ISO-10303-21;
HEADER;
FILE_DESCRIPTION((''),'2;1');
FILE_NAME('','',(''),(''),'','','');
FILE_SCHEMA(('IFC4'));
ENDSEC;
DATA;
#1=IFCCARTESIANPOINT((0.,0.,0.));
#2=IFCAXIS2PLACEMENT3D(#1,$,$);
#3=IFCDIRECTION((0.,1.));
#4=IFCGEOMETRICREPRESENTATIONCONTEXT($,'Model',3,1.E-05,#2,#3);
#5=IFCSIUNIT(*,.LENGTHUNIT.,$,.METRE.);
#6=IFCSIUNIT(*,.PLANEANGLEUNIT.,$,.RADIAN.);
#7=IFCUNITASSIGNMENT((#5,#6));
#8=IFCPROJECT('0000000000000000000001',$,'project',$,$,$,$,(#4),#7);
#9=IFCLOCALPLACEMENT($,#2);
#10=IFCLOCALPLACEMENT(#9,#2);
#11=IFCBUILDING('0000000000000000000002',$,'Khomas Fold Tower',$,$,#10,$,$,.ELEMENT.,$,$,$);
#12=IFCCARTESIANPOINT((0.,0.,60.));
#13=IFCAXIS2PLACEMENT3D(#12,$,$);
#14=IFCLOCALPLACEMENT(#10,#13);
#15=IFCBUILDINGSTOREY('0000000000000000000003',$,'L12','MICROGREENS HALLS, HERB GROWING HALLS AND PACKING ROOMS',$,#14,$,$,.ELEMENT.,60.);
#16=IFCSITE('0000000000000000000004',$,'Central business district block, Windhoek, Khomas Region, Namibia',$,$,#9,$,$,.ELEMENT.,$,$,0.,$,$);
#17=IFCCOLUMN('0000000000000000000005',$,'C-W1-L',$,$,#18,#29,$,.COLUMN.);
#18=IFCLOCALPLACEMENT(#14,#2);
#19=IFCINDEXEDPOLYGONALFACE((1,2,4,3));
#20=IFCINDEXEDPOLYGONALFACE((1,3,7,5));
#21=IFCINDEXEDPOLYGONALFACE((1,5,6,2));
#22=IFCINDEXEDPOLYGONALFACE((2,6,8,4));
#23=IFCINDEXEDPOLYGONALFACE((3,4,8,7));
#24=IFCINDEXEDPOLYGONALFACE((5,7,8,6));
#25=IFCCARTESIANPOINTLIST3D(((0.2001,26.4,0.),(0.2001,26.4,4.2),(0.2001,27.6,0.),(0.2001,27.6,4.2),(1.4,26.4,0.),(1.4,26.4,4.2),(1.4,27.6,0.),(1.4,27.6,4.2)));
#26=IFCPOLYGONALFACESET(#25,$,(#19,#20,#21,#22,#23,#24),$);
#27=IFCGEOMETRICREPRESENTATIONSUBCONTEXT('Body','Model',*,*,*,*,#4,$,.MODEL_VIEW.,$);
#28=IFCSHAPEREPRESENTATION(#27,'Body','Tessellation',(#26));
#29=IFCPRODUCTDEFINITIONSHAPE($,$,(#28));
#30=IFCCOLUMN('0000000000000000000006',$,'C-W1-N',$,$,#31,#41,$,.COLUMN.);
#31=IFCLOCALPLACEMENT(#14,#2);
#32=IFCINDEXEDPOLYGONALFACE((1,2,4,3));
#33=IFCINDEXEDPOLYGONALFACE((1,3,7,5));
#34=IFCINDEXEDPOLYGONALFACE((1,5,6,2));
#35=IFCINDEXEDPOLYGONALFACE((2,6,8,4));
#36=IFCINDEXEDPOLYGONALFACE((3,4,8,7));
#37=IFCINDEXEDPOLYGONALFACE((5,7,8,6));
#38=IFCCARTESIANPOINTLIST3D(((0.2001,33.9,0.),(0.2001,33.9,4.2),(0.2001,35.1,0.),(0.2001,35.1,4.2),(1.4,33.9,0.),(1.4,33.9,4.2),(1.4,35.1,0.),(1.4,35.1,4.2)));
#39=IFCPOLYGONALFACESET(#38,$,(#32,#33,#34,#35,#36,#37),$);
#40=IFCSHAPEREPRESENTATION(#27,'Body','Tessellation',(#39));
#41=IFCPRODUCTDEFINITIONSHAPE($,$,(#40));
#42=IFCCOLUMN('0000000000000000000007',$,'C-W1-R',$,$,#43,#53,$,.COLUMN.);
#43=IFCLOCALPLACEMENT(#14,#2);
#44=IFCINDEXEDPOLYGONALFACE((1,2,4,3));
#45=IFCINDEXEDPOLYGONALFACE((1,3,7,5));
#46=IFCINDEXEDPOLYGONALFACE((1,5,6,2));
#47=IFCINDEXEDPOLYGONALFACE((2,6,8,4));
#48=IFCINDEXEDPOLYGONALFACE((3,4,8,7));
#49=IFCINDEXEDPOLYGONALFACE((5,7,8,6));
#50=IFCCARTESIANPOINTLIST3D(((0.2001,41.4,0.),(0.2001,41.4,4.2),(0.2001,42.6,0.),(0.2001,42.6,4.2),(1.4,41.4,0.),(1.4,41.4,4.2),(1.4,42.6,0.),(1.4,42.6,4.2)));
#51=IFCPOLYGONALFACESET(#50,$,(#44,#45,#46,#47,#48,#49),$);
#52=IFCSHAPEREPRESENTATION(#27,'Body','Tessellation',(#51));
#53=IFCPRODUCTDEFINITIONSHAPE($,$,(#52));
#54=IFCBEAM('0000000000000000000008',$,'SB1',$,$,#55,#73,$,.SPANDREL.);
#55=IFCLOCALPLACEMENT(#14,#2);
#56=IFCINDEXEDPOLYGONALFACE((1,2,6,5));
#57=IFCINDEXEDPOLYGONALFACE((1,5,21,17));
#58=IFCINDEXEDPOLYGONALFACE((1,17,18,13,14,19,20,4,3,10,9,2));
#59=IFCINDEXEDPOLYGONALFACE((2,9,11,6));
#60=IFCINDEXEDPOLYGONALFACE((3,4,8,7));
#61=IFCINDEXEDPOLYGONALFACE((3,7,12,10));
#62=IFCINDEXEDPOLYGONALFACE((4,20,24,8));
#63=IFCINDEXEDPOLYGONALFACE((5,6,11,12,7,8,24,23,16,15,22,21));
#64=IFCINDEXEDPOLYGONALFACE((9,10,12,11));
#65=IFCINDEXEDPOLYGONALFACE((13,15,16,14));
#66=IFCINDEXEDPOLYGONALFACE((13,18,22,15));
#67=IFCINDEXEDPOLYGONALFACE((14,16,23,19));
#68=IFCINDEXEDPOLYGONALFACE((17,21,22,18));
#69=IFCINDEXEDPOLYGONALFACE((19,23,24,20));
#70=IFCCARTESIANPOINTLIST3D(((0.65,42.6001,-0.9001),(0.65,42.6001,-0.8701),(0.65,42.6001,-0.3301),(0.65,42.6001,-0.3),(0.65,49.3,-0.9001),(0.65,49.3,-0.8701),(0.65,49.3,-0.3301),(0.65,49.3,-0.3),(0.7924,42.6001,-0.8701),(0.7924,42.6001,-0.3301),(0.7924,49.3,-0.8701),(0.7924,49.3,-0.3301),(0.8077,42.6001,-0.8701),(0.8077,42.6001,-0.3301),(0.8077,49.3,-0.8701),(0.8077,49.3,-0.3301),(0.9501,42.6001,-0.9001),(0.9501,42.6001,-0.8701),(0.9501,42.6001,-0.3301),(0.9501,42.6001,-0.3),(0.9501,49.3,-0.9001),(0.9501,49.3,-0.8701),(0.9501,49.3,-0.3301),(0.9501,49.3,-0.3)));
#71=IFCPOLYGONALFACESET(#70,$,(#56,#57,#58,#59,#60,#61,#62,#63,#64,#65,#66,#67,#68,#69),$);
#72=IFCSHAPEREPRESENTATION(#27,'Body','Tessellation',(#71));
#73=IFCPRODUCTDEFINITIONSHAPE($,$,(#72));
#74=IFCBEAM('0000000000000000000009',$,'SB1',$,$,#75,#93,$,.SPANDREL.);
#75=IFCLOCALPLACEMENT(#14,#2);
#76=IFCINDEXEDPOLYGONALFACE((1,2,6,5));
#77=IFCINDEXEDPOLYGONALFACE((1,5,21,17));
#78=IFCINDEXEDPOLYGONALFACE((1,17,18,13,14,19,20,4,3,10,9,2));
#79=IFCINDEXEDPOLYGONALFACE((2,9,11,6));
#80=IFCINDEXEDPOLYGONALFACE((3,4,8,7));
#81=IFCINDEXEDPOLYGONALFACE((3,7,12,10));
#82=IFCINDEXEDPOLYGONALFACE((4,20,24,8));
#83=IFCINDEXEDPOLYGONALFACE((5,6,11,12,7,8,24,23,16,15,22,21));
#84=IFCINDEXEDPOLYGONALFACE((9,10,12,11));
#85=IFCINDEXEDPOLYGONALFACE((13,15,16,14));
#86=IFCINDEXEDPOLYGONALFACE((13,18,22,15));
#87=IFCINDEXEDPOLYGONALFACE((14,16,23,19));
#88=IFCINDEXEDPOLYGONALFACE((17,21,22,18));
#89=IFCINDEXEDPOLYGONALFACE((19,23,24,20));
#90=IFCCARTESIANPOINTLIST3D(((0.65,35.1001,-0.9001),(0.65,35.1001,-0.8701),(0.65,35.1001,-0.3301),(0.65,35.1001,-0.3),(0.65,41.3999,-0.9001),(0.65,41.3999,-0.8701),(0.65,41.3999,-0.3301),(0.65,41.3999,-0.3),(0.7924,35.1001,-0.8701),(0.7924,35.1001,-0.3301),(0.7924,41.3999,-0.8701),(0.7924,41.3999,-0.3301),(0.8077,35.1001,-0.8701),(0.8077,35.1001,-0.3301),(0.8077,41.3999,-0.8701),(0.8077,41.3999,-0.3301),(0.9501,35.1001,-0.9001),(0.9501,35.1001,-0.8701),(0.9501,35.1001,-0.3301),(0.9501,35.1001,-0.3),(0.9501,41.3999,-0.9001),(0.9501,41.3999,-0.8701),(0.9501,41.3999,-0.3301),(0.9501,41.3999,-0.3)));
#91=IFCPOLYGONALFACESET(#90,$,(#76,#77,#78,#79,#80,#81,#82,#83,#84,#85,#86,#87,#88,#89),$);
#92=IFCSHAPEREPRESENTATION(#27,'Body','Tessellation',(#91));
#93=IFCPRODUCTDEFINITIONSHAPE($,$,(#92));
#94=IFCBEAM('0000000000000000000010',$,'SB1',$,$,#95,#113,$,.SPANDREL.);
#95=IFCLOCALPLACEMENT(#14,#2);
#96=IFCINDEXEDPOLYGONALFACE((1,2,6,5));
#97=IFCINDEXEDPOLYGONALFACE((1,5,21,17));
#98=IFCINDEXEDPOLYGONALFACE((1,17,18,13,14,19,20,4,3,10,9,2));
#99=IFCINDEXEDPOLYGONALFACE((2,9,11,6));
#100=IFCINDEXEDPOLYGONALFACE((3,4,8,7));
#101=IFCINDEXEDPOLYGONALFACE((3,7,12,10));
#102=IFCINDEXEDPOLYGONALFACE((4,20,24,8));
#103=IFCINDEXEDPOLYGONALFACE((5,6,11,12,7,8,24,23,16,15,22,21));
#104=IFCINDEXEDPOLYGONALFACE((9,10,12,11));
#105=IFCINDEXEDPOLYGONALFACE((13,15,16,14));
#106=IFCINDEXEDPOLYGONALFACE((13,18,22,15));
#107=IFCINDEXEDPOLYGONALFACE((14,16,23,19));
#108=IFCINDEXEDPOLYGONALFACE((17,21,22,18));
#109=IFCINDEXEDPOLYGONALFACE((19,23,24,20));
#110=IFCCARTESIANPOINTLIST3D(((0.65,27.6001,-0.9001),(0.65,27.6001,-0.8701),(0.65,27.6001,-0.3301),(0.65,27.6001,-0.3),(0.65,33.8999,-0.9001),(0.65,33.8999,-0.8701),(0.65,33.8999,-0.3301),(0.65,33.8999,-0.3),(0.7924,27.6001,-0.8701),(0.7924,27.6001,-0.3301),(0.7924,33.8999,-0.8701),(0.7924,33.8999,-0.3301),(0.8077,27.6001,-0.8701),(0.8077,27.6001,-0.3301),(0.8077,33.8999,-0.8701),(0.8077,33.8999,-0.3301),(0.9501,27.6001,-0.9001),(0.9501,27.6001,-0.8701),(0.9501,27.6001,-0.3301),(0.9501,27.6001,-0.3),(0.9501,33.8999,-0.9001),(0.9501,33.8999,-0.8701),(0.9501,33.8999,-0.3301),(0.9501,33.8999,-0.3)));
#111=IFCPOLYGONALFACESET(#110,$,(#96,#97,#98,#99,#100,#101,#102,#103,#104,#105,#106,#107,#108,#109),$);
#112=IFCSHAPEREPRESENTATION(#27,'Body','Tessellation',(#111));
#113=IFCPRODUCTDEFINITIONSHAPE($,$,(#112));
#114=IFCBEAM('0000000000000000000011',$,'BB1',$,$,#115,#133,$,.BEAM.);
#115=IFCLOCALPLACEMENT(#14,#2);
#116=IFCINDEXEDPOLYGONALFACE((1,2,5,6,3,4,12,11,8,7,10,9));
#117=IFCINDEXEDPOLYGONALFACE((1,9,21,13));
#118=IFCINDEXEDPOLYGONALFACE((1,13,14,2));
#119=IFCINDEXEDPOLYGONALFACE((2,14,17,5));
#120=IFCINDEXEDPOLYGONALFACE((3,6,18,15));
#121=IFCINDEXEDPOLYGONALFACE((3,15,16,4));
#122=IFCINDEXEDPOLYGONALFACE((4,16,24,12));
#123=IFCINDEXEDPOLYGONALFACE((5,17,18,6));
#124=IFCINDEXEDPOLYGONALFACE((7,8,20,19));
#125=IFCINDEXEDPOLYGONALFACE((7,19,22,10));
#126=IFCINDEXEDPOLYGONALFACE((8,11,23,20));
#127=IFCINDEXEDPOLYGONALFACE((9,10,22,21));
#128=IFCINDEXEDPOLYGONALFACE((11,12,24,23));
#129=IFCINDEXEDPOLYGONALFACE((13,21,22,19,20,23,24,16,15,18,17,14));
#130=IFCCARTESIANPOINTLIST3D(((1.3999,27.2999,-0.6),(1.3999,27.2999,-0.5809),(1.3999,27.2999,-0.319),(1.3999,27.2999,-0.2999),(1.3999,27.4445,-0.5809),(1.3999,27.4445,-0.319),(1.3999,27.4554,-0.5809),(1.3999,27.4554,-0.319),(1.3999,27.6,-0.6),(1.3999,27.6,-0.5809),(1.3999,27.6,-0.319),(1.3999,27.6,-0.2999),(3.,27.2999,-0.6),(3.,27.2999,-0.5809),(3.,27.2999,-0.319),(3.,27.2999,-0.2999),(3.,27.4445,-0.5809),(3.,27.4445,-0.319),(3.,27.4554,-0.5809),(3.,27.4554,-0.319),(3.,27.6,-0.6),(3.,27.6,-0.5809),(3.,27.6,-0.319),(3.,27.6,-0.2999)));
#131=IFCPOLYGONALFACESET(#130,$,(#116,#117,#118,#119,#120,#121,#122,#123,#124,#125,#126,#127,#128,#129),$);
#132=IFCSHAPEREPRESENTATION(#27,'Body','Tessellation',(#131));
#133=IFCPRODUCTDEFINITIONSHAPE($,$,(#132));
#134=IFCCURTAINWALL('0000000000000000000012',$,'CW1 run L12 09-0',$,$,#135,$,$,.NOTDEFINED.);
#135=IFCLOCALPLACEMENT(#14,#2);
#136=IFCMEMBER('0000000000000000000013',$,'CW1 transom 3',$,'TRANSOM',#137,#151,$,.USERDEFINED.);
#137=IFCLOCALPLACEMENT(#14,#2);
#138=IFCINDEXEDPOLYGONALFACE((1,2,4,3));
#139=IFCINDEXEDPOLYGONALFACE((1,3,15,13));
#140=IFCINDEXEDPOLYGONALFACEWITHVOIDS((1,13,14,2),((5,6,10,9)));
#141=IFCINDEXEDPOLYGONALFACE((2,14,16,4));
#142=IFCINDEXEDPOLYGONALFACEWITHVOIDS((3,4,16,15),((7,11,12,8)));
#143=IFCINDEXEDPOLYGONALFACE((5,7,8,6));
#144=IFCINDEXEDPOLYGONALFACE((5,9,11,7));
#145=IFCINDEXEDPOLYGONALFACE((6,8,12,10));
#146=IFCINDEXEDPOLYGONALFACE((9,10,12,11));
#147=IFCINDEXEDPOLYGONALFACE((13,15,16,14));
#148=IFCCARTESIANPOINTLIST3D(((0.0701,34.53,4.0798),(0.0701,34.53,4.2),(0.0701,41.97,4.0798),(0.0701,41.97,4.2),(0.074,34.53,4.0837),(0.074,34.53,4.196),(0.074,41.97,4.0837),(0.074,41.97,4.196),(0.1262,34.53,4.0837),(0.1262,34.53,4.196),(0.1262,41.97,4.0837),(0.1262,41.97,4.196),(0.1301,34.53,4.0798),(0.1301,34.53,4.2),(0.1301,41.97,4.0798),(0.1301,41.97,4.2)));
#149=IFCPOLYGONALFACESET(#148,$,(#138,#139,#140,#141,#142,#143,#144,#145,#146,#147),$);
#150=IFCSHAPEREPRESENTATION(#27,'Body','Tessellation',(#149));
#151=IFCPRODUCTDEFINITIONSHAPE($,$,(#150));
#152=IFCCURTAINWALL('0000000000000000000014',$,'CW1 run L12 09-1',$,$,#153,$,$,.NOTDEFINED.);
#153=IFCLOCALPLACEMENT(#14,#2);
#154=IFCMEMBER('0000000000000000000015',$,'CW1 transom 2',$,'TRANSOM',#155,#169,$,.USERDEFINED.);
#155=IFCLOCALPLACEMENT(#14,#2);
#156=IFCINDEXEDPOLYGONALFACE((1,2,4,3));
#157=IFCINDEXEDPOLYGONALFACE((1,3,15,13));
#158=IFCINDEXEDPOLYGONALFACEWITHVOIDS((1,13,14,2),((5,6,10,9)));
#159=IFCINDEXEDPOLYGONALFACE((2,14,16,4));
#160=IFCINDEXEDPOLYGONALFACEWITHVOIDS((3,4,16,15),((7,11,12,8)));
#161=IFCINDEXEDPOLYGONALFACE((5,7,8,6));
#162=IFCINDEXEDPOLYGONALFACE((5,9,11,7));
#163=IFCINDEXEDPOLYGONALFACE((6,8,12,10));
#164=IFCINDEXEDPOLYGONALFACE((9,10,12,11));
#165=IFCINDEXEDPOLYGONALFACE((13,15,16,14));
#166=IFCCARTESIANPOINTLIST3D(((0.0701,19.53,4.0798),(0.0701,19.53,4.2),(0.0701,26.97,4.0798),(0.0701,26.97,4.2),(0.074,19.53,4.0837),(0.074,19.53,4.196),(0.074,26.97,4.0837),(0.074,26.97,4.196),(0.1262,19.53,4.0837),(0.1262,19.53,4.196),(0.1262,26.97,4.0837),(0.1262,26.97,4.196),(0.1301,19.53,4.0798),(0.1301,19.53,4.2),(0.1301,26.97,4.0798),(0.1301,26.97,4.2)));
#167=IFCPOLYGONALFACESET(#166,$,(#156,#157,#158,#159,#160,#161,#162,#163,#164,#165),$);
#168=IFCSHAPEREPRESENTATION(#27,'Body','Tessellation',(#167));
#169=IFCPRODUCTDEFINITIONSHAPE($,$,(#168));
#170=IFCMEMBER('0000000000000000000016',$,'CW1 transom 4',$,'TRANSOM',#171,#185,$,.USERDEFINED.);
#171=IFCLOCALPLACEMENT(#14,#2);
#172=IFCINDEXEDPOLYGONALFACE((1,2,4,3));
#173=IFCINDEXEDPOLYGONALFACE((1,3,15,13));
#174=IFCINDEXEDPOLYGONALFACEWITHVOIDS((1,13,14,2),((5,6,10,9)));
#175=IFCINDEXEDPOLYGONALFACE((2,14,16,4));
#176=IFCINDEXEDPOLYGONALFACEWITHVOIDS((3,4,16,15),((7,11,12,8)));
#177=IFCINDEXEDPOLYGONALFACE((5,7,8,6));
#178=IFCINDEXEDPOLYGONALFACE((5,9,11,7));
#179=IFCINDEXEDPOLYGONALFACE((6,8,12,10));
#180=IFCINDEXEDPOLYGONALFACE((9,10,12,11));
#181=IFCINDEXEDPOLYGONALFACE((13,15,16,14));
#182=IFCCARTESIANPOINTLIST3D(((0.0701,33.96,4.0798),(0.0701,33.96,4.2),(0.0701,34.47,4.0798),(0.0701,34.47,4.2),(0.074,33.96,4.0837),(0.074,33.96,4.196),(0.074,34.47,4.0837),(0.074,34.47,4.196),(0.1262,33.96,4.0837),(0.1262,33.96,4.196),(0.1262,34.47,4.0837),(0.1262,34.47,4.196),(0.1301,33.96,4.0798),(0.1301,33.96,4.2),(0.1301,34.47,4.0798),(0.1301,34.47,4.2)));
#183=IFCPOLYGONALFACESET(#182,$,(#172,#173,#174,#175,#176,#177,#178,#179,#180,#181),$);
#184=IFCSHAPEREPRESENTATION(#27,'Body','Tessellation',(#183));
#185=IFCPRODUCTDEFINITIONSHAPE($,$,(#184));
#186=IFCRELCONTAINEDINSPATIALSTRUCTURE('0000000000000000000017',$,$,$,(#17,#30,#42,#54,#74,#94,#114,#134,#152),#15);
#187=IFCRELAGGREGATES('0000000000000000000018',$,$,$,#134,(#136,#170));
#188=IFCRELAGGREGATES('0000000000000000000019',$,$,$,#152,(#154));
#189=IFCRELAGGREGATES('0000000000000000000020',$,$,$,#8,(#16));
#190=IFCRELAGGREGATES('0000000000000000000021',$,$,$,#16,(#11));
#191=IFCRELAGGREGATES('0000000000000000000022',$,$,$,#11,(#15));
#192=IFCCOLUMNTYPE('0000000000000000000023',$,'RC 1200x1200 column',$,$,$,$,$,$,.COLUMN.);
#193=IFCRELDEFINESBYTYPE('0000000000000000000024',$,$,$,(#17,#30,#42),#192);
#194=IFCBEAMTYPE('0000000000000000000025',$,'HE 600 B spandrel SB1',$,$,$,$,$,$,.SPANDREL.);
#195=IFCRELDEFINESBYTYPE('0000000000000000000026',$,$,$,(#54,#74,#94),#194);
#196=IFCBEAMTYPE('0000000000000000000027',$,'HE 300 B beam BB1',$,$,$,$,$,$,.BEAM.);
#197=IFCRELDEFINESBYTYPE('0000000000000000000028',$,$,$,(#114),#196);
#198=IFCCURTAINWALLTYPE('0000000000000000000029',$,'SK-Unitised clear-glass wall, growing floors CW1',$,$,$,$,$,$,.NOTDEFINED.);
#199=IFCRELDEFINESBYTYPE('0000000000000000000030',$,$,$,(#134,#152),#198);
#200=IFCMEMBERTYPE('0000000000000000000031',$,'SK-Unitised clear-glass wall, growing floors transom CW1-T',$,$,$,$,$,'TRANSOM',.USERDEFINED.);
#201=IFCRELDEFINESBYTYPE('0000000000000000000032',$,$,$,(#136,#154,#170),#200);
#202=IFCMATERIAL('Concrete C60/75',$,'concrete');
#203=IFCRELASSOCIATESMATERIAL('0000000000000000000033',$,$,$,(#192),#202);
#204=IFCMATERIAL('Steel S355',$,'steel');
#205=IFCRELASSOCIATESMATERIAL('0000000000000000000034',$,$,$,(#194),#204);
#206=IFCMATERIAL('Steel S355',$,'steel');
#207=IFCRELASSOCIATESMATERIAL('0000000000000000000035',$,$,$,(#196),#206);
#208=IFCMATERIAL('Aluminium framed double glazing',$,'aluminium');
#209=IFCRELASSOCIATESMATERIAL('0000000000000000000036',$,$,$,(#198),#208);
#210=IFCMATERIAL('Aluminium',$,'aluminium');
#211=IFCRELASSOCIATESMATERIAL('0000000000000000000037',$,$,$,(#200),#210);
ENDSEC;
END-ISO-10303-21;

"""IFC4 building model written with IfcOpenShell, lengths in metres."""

from ifc_helpers import new_model, si_unit, direction, frame, origin, origin_2d, place, context, subcontext, project, spatial, rectangle, hollow_rectangle, i_section, extrude, source, transform, mapped, material, material_profile, profile_set, type_object, element, aggregate, save


model = new_model("IFC4")

# Units and contexts
model_context = context("Model", 3, precision=1e-05, world=origin(), true_north=direction((0.0, 1.0)))
body_context = subcontext(model_context, "Body", "Model", "MODEL_VIEW")
ifc_project = project(units=[si_unit("LENGTHUNIT", "METRE"), si_unit("PLANEANGLEUNIT", "RADIAN")], contexts=[model_context])

# Site, building, storey
site_placement = place(None, origin())
site = spatial("IfcSite", under=ifc_project, at=site_placement, Name="Central business district block, Windhoek, Khomas Region, Namibia", CompositionType="ELEMENT", RefElevation=0.0)
building_placement = place(site_placement, origin())
building = spatial("IfcBuilding", under=site, at=building_placement, Name="Khomas Fold Tower", CompositionType="ELEMENT")
storey_placement = place(building_placement, frame((0.0, 0.0, 60.0)))
storey = spatial("IfcBuildingStorey", under=building, at=storey_placement, Name="L12", Description="MICROGREENS HALLS, HERB GROWING HALLS AND PACKING ROOMS", CompositionType="ELEMENT", Elevation=60.0)

# Columns
ifc_material_1 = material(Name="Concrete C60/75", Category="concrete")
ifc_material_profile_1 = material_profile(ifc_material_1, rectangle(XDim=1.2, YDim=1.2, at=origin_2d()), Name="RC 1200x1200")
ifc_profile_set_1 = profile_set([ifc_material_profile_1], Name="Concrete C60/75")
column_type = type_object("IfcColumnType", Name="RC 1200x1200 column", PredefinedType="COLUMN", material=ifc_profile_set_1)
shared_shape_1 = source(origin(), body_context, "Body", "SweptSolid", [
    extrude(rectangle(XDim=1.2, YDim=1.2, at=origin_2d()), origin(), (0.0, 0.0, 1.0), 4.2),
])
for number, where, z_axis, x_axis, name in (
    (1, (0.8, 27.0, 0.0), (0.0, 0.0, 1.0), (1.0, 0.0, 0.0), "C-W1-L"),
    (2, (0.8, 34.5, 0.0), (0.0, 0.0, 1.0), (1.0, 0.0, 0.0), "C-W1-N"),
    (3, (0.8, 42.0, 0.0), (0.0, 0.0, 1.0), (1.0, 0.0, 0.0), "C-W1-R"),
):
    element("IfcColumn", number, at=place(storey_placement, frame(where, z_axis=z_axis, x_axis=x_axis)), inside=storey, type_object=column_type, Name=name, PredefinedType="COLUMN", context=body_context, shape_type="MappedRepresentation", body=[
        mapped(shared_shape_1, transform((0.0, 0.0, 0.0))),
    ])

# Beams
ifc_material_2 = material(Name="Steel S355", Category="steel")
ifc_material_profile_2 = material_profile(ifc_material_2, i_section(OverallWidth=0.3, OverallDepth=0.6001, WebThickness=0.0154, FlangeThickness=0.03, at=origin_2d()), Name="HE 600 B")
ifc_profile_set_2 = profile_set([ifc_material_profile_2], Name="Steel S355")
beam_type_1 = type_object("IfcBeamType", Name="HE 600 B spandrel SB1", PredefinedType="SPANDREL", material=ifc_profile_set_2)
shared_shape_2 = source(origin(), body_context, "Body", "SweptSolid", [
    extrude(i_section(OverallWidth=0.3, OverallDepth=0.6001, WebThickness=0.0154, FlangeThickness=0.03, at=origin_2d()), origin(), (0.0, 0.0, 1.0), 6.7),
])
beam_1_placement = place(storey_placement, frame((0.8, 42.6001, -0.6001), z_axis=(0.0, 1.0, 0.0), x_axis=(-1.0, 0.0, 0.0)))
element("IfcBeam", 4, at=beam_1_placement, inside=storey, type_object=beam_type_1, Name="SB1", PredefinedType="SPANDREL", context=body_context, shape_type="MappedRepresentation", body=[
    mapped(shared_shape_2, transform((0.0, 0.0, 0.0))),
])
shared_shape_3 = source(origin(), body_context, "Body", "SweptSolid", [
    extrude(i_section(OverallWidth=0.3, OverallDepth=0.6001, WebThickness=0.0154, FlangeThickness=0.03, at=origin_2d()), origin(), (0.0, 0.0, 1.0), 6.2998),
])
for number, where, z_axis, x_axis, name in (
    (5, (0.8, 35.1001, -0.6001), (0.0, 1.0, 0.0), (-1.0, 0.0, 0.0), "SB1"),
    (6, (0.8, 27.6001, -0.6001), (0.0, 1.0, 0.0), (-1.0, 0.0, 0.0), "SB1"),
):
    element("IfcBeam", number, at=place(storey_placement, frame(where, z_axis=z_axis, x_axis=x_axis)), inside=storey, type_object=beam_type_1, Name=name, PredefinedType="SPANDREL", context=body_context, shape_type="MappedRepresentation", body=[
        mapped(shared_shape_3, transform((0.0, 0.0, 0.0))),
    ])
ifc_material_3 = material(Name="Steel S355", Category="steel")
ifc_material_profile_3 = material_profile(ifc_material_3, i_section(OverallWidth=0.3, OverallDepth=0.3, WebThickness=0.011, FlangeThickness=0.019, at=origin_2d()), Name="HE 300 B")
ifc_profile_set_3 = profile_set([ifc_material_profile_3], Name="Steel S355")
beam_type_2 = type_object("IfcBeamType", Name="HE 300 B beam BB1", PredefinedType="BEAM", material=ifc_profile_set_3)
shared_shape_4 = source(origin(), body_context, "Body", "SweptSolid", [
    extrude(i_section(OverallWidth=0.3, OverallDepth=0.3, WebThickness=0.011, FlangeThickness=0.019, at=origin_2d()), origin(), (0.0, 0.0, 1.0), 1.6001),
])
beam_2_placement = place(storey_placement, frame((1.3999, 27.45, -0.45), z_axis=(1.0, 0.0, 0.0), x_axis=(0.0, 1.0, 0.0)))
element("IfcBeam", 7, at=beam_2_placement, inside=storey, type_object=beam_type_2, Name="BB1", PredefinedType="BEAM", context=body_context, shape_type="MappedRepresentation", body=[
    mapped(shared_shape_4, transform((0.0, 0.0, 0.0))),
])

# Curtain walls, members
ifc_material_4 = material(Name="Aluminium framed double glazing", Category="aluminium")
curtain_wall_type = type_object("IfcCurtainWallType", Name="SK-Unitised clear-glass wall, growing floors CW1", PredefinedType="NOTDEFINED", material=ifc_material_4)
curtain_wall_1_placement = place(storey_placement, origin())
curtain_wall_1 = element("IfcCurtainWall", 8, at=curtain_wall_1_placement, inside=storey, type_object=curtain_wall_type, Name="CW1 run L12 09-0", PredefinedType="NOTDEFINED")
ifc_material_5 = material(Name="Aluminium", Category="aluminium")
ifc_material_profile_4 = material_profile(ifc_material_5, hollow_rectangle(XDim=0.0601, YDim=0.1201, WallThickness=0.0039, at=origin_2d()), Name="SK-Unitised clear-glass wall, growing floors transom CW1-T")
ifc_profile_set_4 = profile_set([ifc_material_profile_4], Name="Aluminium")
member_type_1 = type_object("IfcMemberType", Name="SK-Unitised clear-glass wall, growing floors transom CW1-T", ElementType="TRANSOM", PredefinedType="USERDEFINED", material=ifc_profile_set_4)
shared_shape_5 = source(origin(), body_context, "Body", "SweptSolid", [
    extrude(hollow_rectangle(XDim=0.0601, YDim=0.1201, WallThickness=0.0039, at=origin_2d()), origin(), (0.0, 0.0, 1.0), 7.4399),
])
member_1_placement = place(storey_placement, frame((0.1001, 41.97, 4.1399), z_axis=(0.0, -1.0, 0.0), x_axis=(1.0, 0.0, 0.0)))
member_1 = element("IfcMember", 9, at=member_1_placement, type_object=member_type_1, Name="CW1 transom 3", ObjectType="TRANSOM", PredefinedType="USERDEFINED", context=body_context, shape_type="MappedRepresentation", body=[
    mapped(shared_shape_5, transform((0.0, 0.0, 0.0))),
])
curtain_wall_2_placement = place(storey_placement, origin())
curtain_wall_2 = element("IfcCurtainWall", 10, at=curtain_wall_2_placement, inside=storey, type_object=curtain_wall_type, Name="CW1 run L12 09-1", PredefinedType="NOTDEFINED")
member_2_placement = place(storey_placement, frame((0.1001, 26.97, 4.1399), z_axis=(0.0, -1.0, 0.0), x_axis=(1.0, 0.0, 0.0)))
member_2 = element("IfcMember", 11, at=member_2_placement, type_object=member_type_1, Name="CW1 transom 2", ObjectType="TRANSOM", PredefinedType="USERDEFINED", context=body_context, shape_type="MappedRepresentation", body=[
    mapped(shared_shape_5, transform((0.0, 0.0, 0.0))),
])

# Member
shared_shape_6 = source(origin(), body_context, "Body", "SweptSolid", [
    extrude(hollow_rectangle(XDim=0.0601, YDim=0.1201, WallThickness=0.0039, at=origin_2d()), origin(), (0.0, 0.0, 1.0), 0.51),
])
member_3_placement = place(storey_placement, frame((0.1001, 34.47, 4.1399), z_axis=(0.0, -1.0, 0.0), x_axis=(1.0, 0.0, 0.0)))
member_3 = element("IfcMember", 12, at=member_3_placement, type_object=member_type_1, Name="CW1 transom 4", ObjectType="TRANSOM", PredefinedType="USERDEFINED", context=body_context, shape_type="MappedRepresentation", body=[
    mapped(shared_shape_6, transform((0.0, 0.0, 0.0))),
])

aggregate(curtain_wall_1, [member_1, member_3])
aggregate(curtain_wall_2, [member_2])

save(model, "model.ifc")
